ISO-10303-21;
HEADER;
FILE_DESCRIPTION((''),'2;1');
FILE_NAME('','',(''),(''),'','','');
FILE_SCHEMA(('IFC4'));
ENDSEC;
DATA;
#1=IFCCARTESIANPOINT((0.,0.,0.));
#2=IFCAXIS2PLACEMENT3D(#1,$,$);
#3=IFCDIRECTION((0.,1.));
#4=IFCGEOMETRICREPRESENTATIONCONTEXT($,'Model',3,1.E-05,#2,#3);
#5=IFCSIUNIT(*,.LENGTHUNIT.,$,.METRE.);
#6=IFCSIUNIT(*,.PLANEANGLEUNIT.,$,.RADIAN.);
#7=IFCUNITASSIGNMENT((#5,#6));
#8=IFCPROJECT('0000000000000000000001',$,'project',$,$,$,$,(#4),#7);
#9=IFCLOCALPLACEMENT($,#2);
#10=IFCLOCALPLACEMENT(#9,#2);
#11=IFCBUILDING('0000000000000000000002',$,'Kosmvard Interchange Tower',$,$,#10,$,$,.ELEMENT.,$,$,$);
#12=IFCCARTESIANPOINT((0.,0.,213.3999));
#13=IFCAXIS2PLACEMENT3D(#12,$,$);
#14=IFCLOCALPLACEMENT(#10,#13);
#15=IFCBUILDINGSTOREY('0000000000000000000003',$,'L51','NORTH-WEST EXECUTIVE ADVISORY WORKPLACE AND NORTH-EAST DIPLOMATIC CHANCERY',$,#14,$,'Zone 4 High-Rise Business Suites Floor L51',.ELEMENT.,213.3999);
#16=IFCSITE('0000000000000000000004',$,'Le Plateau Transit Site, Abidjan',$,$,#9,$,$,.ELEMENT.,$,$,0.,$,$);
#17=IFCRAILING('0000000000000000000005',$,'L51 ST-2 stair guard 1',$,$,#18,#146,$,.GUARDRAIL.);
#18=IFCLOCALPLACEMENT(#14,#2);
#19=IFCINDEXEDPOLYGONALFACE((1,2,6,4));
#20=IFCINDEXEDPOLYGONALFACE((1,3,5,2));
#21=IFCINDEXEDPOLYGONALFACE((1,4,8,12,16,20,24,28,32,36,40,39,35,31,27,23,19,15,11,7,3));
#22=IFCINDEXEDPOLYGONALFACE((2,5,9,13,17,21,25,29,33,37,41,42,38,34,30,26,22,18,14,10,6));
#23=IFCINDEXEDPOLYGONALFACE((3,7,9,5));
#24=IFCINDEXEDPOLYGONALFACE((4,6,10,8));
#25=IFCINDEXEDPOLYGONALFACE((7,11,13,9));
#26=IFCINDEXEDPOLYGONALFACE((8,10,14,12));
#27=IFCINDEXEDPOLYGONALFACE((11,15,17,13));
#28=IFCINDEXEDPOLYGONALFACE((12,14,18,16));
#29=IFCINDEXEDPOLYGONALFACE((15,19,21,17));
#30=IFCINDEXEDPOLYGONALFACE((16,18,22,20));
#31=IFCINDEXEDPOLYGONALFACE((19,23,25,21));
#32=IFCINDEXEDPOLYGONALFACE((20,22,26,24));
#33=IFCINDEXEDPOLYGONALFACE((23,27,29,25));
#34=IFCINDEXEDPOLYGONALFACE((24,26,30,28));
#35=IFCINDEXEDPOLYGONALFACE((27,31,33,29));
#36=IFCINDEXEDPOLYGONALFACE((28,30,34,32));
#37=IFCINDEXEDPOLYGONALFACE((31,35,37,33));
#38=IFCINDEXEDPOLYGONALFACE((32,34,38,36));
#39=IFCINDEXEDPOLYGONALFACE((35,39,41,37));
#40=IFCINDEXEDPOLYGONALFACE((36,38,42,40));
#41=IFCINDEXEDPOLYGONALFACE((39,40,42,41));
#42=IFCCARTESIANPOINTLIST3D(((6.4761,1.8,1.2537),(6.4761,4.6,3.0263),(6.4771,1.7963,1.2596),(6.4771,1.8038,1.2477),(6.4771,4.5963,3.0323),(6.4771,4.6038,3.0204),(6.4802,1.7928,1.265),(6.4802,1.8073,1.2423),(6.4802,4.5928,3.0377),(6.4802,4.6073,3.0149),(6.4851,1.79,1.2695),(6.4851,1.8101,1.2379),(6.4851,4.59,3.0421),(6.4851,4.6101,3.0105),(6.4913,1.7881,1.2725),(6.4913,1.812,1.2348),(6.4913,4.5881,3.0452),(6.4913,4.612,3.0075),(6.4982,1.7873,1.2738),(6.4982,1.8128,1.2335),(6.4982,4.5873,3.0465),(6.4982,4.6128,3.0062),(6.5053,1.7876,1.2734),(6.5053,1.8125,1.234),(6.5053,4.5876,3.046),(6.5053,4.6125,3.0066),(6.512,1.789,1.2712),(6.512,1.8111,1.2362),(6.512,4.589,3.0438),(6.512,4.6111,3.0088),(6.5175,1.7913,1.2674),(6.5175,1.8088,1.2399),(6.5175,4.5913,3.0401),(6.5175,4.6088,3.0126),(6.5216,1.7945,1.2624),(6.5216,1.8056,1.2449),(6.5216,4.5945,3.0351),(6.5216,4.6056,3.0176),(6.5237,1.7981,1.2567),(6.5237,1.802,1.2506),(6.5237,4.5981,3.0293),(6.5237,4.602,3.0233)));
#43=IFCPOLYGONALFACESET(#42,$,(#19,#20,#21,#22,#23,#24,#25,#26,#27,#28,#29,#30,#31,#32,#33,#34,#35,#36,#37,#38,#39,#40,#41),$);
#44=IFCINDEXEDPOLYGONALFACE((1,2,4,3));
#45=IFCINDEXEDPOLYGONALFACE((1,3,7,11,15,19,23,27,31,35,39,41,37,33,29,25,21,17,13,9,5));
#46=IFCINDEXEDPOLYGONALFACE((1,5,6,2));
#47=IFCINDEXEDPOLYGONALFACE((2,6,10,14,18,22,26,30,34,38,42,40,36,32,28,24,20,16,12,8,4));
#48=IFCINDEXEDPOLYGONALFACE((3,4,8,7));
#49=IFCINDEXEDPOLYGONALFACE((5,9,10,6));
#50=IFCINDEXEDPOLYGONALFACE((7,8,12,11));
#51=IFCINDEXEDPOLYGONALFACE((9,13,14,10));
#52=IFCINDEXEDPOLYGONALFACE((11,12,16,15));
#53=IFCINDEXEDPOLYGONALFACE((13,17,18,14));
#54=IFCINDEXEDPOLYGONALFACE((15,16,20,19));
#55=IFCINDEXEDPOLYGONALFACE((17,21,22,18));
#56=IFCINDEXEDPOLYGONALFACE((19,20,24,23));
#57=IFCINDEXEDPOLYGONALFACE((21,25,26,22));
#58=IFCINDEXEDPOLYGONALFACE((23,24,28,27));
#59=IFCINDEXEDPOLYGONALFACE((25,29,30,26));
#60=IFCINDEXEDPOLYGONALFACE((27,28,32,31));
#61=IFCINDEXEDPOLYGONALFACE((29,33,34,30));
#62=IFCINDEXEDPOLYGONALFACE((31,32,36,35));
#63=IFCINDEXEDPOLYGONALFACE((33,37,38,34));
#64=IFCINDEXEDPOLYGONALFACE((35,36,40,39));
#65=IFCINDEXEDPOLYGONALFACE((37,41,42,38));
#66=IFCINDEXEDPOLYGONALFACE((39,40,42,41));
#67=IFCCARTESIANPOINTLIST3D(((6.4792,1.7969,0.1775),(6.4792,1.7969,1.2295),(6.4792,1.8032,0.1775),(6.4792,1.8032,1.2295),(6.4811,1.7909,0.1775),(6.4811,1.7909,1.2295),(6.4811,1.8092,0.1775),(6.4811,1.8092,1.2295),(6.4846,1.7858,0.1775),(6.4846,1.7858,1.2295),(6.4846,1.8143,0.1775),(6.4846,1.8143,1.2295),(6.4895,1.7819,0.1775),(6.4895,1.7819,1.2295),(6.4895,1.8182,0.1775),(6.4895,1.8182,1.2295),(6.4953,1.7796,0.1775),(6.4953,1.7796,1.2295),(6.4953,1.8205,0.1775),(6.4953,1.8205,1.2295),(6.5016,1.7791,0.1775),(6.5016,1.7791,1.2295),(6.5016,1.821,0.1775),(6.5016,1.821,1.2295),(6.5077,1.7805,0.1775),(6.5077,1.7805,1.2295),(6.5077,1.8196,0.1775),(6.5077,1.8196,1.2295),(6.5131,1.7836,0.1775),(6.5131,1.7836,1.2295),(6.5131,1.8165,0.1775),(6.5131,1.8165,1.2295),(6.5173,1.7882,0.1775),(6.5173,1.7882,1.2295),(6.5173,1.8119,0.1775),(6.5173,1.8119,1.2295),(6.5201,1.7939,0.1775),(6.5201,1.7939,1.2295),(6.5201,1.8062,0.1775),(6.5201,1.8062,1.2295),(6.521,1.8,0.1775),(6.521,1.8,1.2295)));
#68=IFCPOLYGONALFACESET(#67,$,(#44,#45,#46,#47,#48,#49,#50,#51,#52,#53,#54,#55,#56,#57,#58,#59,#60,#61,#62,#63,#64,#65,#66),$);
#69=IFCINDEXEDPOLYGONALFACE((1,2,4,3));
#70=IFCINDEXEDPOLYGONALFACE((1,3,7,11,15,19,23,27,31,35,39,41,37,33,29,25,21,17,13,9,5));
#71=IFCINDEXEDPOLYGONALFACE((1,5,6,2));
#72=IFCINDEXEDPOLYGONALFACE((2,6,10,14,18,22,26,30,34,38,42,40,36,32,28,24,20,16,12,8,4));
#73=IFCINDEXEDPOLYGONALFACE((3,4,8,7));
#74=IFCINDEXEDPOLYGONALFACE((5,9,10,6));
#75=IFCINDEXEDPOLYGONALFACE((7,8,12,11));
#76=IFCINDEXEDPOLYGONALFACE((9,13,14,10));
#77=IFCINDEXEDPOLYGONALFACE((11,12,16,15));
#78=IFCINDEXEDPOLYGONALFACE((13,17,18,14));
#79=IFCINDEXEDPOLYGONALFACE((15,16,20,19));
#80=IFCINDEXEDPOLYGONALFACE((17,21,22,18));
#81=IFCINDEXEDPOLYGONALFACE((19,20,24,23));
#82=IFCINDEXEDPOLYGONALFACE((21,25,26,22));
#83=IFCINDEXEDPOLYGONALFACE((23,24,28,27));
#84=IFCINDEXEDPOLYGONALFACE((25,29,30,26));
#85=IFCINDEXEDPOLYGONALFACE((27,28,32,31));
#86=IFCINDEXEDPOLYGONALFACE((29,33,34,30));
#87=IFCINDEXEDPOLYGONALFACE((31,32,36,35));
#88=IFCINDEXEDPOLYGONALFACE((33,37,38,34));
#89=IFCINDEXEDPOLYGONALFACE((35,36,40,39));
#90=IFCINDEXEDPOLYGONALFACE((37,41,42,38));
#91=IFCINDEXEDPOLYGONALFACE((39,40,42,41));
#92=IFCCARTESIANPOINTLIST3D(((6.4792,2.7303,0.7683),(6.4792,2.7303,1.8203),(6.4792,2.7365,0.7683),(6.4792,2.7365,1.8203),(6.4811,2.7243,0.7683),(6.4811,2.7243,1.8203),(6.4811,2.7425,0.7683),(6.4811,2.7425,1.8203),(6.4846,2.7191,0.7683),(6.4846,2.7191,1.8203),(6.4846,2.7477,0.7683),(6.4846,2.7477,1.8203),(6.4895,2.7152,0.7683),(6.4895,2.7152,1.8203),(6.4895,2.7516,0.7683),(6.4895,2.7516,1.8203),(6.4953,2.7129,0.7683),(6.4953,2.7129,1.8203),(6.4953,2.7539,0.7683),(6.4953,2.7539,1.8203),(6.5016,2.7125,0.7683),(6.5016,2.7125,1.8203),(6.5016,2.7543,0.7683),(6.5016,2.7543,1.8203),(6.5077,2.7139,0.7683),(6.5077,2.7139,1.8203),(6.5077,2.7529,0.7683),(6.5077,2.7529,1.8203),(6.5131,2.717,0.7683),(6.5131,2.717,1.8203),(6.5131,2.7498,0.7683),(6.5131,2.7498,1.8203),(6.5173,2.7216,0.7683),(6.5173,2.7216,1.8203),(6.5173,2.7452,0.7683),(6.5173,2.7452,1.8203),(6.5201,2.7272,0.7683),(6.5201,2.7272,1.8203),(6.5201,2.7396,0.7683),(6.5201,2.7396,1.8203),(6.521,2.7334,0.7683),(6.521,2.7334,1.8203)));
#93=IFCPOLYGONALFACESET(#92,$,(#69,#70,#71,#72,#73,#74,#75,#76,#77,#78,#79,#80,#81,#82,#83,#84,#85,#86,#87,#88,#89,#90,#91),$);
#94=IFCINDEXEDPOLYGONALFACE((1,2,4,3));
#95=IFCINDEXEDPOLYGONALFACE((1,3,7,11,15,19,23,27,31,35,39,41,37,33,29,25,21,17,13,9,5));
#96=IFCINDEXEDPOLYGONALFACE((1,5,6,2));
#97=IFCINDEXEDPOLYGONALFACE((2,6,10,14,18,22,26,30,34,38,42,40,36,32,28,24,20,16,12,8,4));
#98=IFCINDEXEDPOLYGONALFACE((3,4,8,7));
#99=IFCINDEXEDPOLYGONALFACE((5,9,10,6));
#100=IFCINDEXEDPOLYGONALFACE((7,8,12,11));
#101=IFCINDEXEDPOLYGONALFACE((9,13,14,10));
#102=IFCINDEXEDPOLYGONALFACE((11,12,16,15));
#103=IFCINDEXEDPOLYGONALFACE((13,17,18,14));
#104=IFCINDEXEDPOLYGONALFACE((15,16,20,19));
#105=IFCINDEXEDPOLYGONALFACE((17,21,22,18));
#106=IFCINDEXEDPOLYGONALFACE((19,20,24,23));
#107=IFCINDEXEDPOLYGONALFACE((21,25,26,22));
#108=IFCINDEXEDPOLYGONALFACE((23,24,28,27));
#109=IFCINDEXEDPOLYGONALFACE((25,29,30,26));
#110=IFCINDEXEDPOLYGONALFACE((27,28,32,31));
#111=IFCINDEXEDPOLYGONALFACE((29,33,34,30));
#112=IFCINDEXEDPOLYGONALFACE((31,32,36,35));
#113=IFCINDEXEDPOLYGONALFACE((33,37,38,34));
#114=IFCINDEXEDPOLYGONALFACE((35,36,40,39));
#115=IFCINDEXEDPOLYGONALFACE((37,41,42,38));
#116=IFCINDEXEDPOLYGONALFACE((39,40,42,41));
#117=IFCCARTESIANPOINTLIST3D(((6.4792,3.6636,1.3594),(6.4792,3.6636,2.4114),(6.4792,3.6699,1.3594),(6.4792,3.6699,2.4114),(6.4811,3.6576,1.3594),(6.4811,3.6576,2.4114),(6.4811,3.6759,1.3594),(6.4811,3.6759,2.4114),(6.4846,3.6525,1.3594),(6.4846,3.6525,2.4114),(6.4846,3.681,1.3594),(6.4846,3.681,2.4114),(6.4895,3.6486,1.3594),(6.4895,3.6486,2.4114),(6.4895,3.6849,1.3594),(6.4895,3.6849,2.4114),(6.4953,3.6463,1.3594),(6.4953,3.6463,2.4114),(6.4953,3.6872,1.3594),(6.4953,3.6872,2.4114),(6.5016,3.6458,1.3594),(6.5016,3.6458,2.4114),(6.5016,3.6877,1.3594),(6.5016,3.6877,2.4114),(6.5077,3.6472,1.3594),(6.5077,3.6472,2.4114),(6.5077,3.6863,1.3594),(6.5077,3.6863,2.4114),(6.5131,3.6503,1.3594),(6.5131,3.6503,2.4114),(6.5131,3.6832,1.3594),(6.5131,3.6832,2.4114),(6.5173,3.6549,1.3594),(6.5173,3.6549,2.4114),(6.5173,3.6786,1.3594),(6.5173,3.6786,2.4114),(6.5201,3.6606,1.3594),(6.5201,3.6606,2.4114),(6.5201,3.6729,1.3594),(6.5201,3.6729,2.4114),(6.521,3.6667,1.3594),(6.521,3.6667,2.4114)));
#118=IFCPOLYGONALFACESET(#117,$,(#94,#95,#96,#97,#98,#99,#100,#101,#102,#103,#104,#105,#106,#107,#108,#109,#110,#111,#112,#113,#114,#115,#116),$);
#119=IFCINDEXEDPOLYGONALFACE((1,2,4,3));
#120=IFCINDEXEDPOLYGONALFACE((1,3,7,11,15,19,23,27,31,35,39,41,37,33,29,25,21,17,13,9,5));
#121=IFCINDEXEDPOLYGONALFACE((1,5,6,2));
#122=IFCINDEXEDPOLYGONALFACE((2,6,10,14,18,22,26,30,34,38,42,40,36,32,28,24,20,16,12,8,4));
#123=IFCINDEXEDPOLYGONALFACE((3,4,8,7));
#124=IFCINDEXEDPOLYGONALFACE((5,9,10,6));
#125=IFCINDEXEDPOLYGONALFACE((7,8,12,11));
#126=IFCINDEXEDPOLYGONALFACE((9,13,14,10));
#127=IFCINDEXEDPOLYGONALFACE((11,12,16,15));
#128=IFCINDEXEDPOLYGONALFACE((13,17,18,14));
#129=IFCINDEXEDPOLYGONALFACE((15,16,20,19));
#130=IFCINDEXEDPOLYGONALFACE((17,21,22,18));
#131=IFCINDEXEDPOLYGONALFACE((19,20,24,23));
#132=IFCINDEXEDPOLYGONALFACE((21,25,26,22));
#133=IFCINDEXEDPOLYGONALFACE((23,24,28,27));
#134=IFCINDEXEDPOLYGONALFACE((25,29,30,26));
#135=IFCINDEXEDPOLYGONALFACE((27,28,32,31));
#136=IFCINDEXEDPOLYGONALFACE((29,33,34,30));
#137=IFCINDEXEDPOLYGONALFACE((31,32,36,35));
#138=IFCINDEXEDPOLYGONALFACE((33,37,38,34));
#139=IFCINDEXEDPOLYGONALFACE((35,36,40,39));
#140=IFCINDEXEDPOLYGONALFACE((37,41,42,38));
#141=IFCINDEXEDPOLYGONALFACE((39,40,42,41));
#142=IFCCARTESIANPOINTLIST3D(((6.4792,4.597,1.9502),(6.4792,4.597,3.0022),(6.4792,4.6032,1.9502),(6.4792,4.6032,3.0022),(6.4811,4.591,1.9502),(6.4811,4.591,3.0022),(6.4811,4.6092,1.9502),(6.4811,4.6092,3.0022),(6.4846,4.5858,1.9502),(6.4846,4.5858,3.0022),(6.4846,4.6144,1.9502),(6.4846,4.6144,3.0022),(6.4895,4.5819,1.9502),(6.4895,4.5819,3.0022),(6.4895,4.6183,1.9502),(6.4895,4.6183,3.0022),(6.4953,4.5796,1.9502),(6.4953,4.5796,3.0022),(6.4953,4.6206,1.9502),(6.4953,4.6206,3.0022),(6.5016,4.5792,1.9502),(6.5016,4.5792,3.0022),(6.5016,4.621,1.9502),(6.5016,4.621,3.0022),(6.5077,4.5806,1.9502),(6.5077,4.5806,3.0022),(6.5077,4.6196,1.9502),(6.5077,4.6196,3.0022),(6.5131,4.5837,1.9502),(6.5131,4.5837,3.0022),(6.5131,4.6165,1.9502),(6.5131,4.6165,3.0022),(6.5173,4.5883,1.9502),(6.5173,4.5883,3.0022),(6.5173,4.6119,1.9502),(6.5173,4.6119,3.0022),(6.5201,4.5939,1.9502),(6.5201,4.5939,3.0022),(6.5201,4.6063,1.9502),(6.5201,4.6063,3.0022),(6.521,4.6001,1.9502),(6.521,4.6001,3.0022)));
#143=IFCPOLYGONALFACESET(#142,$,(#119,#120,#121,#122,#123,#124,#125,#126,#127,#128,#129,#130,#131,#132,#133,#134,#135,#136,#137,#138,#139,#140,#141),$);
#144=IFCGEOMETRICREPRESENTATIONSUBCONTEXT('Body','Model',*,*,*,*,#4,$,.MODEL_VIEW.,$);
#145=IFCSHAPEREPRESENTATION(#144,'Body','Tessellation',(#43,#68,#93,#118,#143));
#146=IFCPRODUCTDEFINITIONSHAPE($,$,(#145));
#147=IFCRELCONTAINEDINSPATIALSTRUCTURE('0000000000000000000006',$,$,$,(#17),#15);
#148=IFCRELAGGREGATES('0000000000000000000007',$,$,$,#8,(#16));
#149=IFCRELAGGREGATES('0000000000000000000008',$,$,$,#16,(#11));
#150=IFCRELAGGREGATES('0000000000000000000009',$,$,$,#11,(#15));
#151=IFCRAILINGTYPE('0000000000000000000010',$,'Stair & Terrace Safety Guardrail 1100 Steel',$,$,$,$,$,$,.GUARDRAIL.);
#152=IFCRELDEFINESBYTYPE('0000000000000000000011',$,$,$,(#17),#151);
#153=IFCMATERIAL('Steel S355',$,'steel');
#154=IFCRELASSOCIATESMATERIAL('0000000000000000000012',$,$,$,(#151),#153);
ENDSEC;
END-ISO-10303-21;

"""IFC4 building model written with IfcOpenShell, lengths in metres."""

from ifc_helpers import new_model, si_unit, direction, frame, origin, origin_2d, place, context, subcontext, project, spatial, circle, extrude, source, transform, mapped, material, type_object, element, save


model = new_model("IFC4")

# Units and contexts
model_context = context("Model", 3, precision=1e-05, world=origin(), true_north=direction((0.0, 1.0)))
body_context = subcontext(model_context, "Body", "Model", "MODEL_VIEW")
ifc_project = project(units=[si_unit("LENGTHUNIT", "METRE"), si_unit("PLANEANGLEUNIT", "RADIAN")], contexts=[model_context])

# Site, building, storey
site_placement = place(None, origin())
site = spatial("IfcSite", under=ifc_project, at=site_placement, Name="Le Plateau Transit Site, Abidjan", CompositionType="ELEMENT", RefElevation=0.0)
building_placement = place(site_placement, origin())
building = spatial("IfcBuilding", under=site, at=building_placement, Name="Kosmvard Interchange Tower", CompositionType="ELEMENT")
storey_placement = place(building_placement, frame((0.0, 0.0, 213.3999)))
storey = spatial("IfcBuildingStorey", under=building, at=storey_placement, Name="L51", Description="NORTH-WEST EXECUTIVE ADVISORY WORKPLACE AND NORTH-EAST DIPLOMATIC CHANCERY", LongName="Zone 4 High-Rise Business Suites Floor L51", CompositionType="ELEMENT", Elevation=213.3999)

# Railing
ifc_material_1 = material(Name="Steel S355", Category="steel")
railing_type_1 = type_object("IfcRailingType", Name="Stair & Terrace Safety Guardrail 1100 Steel", PredefinedType="GUARDRAIL", material=ifc_material_1)
shared_shape_1 = source(origin(), body_context, "Body", "SweptSolid", [
    extrude(circle(Radius=0.0239, at=origin_2d()), frame((0.0, 0.0, 1.0762), z_axis=(0.0, 0.844909, 0.53491), x_axis=(-1.0, 0.0, 0.0)), (0.0, 0.0, 1.0), 3.314),
    extrude(circle(Radius=0.021, at=origin_2d()), origin(), (0.0, 0.0, 1.0), 1.052),
    extrude(circle(Radius=0.021, at=origin_2d()), frame((0.0, 0.9333, 0.5908)), (0.0, 0.0, 1.0), 1.052),
    extrude(circle(Radius=0.021, at=origin_2d()), frame((0.0, 1.8667, 1.1819)), (0.0, 0.0, 1.0), 1.052),
    extrude(circle(Radius=0.021, at=origin_2d()), frame((0.0, 2.8, 1.7727)), (0.0, 0.0, 1.0), 1.052),
])
railing_1_placement = place(storey_placement, frame((6.5, 1.8, 0.1775)))
element("IfcRailing", 1, at=railing_1_placement, inside=storey, type_object=railing_type_1, Name="L51 ST-2 stair guard 1", PredefinedType="GUARDRAIL", context=body_context, shape_type="MappedRepresentation", body=[
    mapped(shared_shape_1, transform((0.0, 0.0, 0.0), scale=1.0)),
])

save(model, "model.ifc")
